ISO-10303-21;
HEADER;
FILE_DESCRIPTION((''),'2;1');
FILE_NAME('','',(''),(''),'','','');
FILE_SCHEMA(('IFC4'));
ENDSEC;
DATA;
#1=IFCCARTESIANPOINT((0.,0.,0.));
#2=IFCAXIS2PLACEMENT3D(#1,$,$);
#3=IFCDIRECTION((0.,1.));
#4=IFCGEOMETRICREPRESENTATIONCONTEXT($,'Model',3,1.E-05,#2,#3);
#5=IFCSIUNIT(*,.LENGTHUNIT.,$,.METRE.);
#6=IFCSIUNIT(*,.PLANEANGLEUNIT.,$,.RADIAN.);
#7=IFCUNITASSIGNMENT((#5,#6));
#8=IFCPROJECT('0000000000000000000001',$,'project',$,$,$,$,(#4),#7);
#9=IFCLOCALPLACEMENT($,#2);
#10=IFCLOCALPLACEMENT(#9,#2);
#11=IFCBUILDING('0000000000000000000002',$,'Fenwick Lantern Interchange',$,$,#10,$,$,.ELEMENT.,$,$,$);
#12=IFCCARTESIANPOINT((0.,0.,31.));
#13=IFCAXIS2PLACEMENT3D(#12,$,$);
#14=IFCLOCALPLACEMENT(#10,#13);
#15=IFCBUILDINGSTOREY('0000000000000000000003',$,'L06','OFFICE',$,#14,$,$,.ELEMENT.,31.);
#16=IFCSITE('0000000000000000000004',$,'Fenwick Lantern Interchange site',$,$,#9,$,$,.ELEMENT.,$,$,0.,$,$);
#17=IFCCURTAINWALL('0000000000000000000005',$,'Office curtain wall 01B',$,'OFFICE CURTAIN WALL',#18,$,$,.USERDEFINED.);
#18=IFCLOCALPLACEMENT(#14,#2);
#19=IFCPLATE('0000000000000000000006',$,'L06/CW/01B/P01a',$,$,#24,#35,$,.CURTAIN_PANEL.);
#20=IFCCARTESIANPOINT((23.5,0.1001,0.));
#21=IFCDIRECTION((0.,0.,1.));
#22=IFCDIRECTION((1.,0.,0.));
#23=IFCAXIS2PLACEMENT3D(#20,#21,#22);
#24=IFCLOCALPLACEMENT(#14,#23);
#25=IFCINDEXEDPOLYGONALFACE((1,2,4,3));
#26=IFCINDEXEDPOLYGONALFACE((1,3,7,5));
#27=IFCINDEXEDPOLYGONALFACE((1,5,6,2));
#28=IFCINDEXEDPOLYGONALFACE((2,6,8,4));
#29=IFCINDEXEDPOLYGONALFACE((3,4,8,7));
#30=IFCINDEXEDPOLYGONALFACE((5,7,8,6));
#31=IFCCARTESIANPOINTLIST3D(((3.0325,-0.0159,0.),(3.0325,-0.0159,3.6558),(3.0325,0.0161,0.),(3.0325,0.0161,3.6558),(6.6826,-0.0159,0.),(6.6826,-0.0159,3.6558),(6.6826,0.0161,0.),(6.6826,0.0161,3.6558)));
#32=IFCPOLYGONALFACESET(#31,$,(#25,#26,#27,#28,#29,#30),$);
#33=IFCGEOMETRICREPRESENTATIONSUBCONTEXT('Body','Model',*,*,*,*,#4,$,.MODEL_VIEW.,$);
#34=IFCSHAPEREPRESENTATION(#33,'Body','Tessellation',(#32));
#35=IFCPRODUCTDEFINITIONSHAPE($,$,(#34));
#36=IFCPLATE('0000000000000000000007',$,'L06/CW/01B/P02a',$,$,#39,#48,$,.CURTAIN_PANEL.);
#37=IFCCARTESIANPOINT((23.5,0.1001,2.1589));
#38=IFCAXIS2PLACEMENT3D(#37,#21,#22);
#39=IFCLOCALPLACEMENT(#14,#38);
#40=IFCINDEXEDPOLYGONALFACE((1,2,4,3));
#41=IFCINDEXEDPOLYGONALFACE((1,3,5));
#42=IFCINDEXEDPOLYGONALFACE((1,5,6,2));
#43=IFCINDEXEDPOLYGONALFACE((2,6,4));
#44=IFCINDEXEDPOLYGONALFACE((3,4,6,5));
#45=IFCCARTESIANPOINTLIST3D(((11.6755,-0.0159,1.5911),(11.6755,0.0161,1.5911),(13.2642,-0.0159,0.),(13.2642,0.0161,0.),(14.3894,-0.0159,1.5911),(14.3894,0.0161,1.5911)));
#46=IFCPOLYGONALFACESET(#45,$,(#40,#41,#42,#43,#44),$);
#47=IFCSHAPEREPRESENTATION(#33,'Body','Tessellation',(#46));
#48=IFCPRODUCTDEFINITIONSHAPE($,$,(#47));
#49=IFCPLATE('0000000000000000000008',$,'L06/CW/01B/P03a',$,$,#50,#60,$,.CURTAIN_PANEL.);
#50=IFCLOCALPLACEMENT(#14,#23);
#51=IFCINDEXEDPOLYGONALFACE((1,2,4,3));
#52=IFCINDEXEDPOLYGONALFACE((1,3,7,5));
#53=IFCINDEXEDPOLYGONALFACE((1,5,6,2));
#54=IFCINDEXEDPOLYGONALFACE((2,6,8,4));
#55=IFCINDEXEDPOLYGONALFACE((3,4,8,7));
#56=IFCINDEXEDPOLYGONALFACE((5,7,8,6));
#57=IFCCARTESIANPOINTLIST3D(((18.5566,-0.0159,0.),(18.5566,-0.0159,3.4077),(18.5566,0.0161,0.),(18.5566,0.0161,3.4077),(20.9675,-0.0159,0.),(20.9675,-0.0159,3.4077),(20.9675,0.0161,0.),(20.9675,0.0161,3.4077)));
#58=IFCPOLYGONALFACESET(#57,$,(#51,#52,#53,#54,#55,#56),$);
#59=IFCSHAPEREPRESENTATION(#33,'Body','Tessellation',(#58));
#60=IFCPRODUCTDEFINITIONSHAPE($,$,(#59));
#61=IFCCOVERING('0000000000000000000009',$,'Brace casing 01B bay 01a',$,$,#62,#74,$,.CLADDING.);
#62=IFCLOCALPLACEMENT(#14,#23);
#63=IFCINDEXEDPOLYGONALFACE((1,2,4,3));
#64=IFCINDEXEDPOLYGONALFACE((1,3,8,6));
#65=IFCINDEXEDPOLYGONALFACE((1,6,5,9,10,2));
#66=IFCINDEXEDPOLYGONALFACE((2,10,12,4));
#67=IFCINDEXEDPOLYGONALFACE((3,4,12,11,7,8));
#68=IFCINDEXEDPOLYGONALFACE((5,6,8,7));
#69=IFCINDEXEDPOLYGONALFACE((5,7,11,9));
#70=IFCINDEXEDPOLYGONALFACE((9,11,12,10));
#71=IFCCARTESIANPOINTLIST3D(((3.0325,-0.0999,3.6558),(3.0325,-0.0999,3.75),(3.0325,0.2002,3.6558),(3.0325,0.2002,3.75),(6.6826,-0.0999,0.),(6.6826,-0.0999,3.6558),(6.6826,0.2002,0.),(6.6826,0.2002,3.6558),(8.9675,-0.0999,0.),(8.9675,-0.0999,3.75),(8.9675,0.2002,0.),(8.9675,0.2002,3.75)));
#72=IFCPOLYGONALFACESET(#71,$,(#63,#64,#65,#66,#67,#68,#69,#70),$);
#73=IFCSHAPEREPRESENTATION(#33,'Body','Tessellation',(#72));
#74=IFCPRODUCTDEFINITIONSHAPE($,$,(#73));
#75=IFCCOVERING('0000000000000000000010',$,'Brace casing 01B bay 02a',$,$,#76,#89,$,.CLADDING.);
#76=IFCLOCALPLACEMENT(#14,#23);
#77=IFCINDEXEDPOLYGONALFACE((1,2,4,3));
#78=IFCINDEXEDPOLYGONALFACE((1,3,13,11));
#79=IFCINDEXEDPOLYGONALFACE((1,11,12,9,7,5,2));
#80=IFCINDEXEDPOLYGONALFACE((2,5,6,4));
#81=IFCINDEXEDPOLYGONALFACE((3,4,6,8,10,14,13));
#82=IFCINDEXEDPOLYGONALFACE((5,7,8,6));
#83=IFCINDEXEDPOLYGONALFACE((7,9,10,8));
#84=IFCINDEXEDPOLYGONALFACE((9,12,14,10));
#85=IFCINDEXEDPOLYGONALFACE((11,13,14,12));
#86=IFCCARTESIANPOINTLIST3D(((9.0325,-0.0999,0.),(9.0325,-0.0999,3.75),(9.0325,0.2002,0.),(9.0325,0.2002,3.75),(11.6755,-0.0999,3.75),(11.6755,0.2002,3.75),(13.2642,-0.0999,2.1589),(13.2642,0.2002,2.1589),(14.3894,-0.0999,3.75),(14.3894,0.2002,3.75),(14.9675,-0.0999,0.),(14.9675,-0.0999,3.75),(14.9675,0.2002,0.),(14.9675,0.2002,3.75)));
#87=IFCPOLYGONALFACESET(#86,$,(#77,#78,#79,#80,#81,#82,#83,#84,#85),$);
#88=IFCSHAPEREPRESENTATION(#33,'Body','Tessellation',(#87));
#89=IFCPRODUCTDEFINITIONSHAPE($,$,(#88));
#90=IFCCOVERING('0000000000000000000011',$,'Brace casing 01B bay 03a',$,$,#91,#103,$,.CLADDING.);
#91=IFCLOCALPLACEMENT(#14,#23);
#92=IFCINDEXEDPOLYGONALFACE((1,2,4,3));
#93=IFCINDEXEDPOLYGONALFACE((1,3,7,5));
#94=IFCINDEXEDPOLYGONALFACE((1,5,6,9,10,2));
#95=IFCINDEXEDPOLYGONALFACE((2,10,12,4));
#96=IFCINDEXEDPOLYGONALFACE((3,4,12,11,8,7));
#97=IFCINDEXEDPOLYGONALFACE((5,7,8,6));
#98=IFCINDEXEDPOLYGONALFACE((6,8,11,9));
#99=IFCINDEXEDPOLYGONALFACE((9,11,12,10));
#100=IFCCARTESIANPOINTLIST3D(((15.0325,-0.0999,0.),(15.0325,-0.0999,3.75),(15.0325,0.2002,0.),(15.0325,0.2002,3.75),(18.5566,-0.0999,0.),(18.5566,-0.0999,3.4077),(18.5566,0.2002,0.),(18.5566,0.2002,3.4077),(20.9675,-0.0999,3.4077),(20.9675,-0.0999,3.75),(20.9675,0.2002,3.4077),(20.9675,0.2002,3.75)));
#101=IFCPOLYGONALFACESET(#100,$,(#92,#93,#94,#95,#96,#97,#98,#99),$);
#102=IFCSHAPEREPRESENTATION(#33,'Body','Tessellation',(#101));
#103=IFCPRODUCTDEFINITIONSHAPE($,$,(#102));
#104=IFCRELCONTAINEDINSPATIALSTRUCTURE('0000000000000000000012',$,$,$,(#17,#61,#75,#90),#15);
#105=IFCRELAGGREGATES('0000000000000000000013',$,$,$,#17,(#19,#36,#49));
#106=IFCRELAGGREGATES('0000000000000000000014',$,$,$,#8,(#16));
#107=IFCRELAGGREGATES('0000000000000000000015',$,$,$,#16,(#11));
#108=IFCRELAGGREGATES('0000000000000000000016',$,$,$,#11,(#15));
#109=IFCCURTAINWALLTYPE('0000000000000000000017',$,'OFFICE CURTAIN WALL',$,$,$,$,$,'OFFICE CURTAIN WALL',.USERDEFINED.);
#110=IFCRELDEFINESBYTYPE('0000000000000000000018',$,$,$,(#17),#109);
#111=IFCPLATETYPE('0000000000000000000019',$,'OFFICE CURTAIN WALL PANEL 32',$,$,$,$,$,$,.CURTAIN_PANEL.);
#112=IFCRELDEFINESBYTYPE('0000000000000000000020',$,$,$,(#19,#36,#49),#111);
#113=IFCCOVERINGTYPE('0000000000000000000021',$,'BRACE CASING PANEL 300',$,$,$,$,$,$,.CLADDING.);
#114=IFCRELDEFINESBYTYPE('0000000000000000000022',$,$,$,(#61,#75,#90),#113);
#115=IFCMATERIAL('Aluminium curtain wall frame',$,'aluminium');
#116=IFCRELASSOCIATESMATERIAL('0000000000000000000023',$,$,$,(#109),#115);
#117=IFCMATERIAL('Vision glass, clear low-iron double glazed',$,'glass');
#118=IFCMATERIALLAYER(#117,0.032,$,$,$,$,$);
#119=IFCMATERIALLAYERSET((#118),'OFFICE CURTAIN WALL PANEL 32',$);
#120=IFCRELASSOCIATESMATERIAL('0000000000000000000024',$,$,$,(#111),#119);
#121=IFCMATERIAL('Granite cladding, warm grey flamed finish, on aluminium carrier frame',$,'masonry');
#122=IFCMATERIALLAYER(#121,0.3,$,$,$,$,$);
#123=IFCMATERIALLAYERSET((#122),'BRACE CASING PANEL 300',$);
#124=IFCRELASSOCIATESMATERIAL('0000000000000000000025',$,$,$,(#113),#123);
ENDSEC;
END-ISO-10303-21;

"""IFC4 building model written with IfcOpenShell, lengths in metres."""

from ifc_helpers import new_model, si_unit, direction, frame, origin, place, context, subcontext, project, spatial, polyline, outline, extrude, material, layer, layer_set, type_object, element, aggregate, save


model = new_model("IFC4")

# Units and contexts
model_context = context("Model", 3, precision=1e-05, world=origin(), true_north=direction((0.0, 1.0)))
body_context = subcontext(model_context, "Body", "Model", "MODEL_VIEW")
ifc_project = project(units=[si_unit("LENGTHUNIT", "METRE"), si_unit("PLANEANGLEUNIT", "RADIAN")], contexts=[model_context])

# Site, building, storey
site_placement = place(None, origin())
site = spatial("IfcSite", under=ifc_project, at=site_placement, Name="Fenwick Lantern Interchange site", CompositionType="ELEMENT", RefElevation=0.0)
building_placement = place(site_placement, origin())
building = spatial("IfcBuilding", under=site, at=building_placement, Name="Fenwick Lantern Interchange", CompositionType="ELEMENT")
storey_placement = place(building_placement, frame((0.0, 0.0, 31.0)))
storey = spatial("IfcBuildingStorey", under=building, at=storey_placement, Name="L06", Description="OFFICE", CompositionType="ELEMENT", Elevation=31.0)

# Shared definitions
ifc_material_1 = material(Name="Aluminium curtain wall frame", Category="aluminium")
curtain_wall_type = type_object("IfcCurtainWallType", Name="OFFICE CURTAIN WALL", ElementType="OFFICE CURTAIN WALL", PredefinedType="USERDEFINED", material=ifc_material_1)

# Curtain wall, plates
curtain_wall_1_placement = place(storey_placement, origin())
curtain_wall_1 = element("IfcCurtainWall", 1, at=curtain_wall_1_placement, inside=storey, type_object=curtain_wall_type, Name="Office curtain wall 01B", ObjectType="OFFICE CURTAIN WALL", PredefinedType="USERDEFINED")
ifc_material_2 = material(Name="Vision glass, clear low-iron double glazed", Category="glass")
ifc_layer_1 = layer(ifc_material_2, 0.032)
ifc_layer_set_1 = layer_set([ifc_layer_1], Name="OFFICE CURTAIN WALL PANEL 32")
plate_type = type_object("IfcPlateType", Name="OFFICE CURTAIN WALL PANEL 32", PredefinedType="CURTAIN_PANEL", material=ifc_layer_set_1)
plate_1_placement = place(storey_placement, frame((23.5, 0.1001, 0.0), z_axis=(0.0, 0.0, 1.0), x_axis=(1.0, 0.0, 0.0)))
plate_1 = element("IfcPlate", 2, at=plate_1_placement, type_object=plate_type, Name="L06/CW/01B/P01a", PredefinedType="CURTAIN_PANEL", context=body_context, shape_type="SweptSolid", body=[
    extrude(outline(polyline([(3.0325, 0.0), (6.6826, 0.0), (6.6826, 3.6558), (3.0325, 3.6558), (3.0325, 0.0)])), frame((0.0, 0.0161, 0.0), z_axis=(0.0, -1.0, 0.0), x_axis=(1.0, 0.0, 0.0)), (0.0, 0.0, 1.0), 0.032),
])
plate_2_placement = place(storey_placement, frame((23.5, 0.1001, 2.1589), z_axis=(0.0, 0.0, 1.0), x_axis=(1.0, 0.0, 0.0)))
plate_2 = element("IfcPlate", 3, at=plate_2_placement, type_object=plate_type, Name="L06/CW/01B/P02a", PredefinedType="CURTAIN_PANEL", context=body_context, shape_type="SweptSolid", body=[
    extrude(outline(polyline([(13.2642, 0.0), (14.3894, 1.5911), (11.6755, 1.5911), (13.2642, 0.0)])), frame((0.0, 0.0161, 0.0), z_axis=(0.0, -1.0, 0.0), x_axis=(1.0, 0.0, 0.0)), (0.0, 0.0, 1.0), 0.032),
])
plate_3_placement = place(storey_placement, frame((23.5, 0.1001, 0.0), z_axis=(0.0, 0.0, 1.0), x_axis=(1.0, 0.0, 0.0)))
plate_3 = element("IfcPlate", 4, at=plate_3_placement, type_object=plate_type, Name="L06/CW/01B/P03a", PredefinedType="CURTAIN_PANEL", context=body_context, shape_type="SweptSolid", body=[
    extrude(outline(polyline([(18.5566, 0.0), (20.9675, 0.0), (20.9675, 3.4077), (18.5566, 3.4077), (18.5566, 0.0)])), frame((0.0, 0.0161, 0.0), z_axis=(0.0, -1.0, 0.0), x_axis=(1.0, 0.0, 0.0)), (0.0, 0.0, 1.0), 0.032),
])
aggregate(curtain_wall_1, [plate_1, plate_2, plate_3])

# Coverings
ifc_material_3 = material(Name="Granite cladding, warm grey flamed finish, on aluminium carrier frame", Category="masonry")
ifc_layer_2 = layer(ifc_material_3, 0.3)
ifc_layer_set_2 = layer_set([ifc_layer_2], Name="BRACE CASING PANEL 300")
covering_type = type_object("IfcCoveringType", Name="BRACE CASING PANEL 300", PredefinedType="CLADDING", material=ifc_layer_set_2)
covering_1_placement = place(storey_placement, frame((23.5, 0.1001, 0.0), z_axis=(0.0, 0.0, 1.0), x_axis=(1.0, 0.0, 0.0)))
element("IfcCovering", 5, at=covering_1_placement, inside=storey, type_object=covering_type, Name="Brace casing 01B bay 01a", PredefinedType="CLADDING", context=body_context, shape_type="SweptSolid", body=[
    extrude(outline(polyline([(6.6826, 0.0), (8.9675, 0.0), (8.9675, 3.75), (3.0325, 3.75), (3.0325, 3.6558), (6.6826, 3.6558), (6.6826, 0.0)])), frame((0.0, 0.2002, 0.0), z_axis=(0.0, -1.0, 0.0), x_axis=(1.0, 0.0, 0.0)), (0.0, 0.0, 1.0), 0.3),
])
covering_2_placement = place(storey_placement, frame((23.5, 0.1001, 0.0), z_axis=(0.0, 0.0, 1.0), x_axis=(1.0, 0.0, 0.0)))
element("IfcCovering", 6, at=covering_2_placement, inside=storey, type_object=covering_type, Name="Brace casing 01B bay 02a", PredefinedType="CLADDING", context=body_context, shape_type="SweptSolid", body=[
    extrude(outline(polyline([(9.0325, 0.0), (14.9675, 0.0), (14.9675, 3.75), (14.3894, 3.75), (13.2642, 2.1589), (11.6755, 3.75), (9.0325, 3.75), (9.0325, 0.0)])), frame((0.0, 0.2002, 0.0), z_axis=(0.0, -1.0, 0.0), x_axis=(1.0, 0.0, 0.0)), (0.0, 0.0, 1.0), 0.3),
])
covering_3_placement = place(storey_placement, frame((23.5, 0.1001, 0.0), z_axis=(0.0, 0.0, 1.0), x_axis=(1.0, 0.0, 0.0)))
element("IfcCovering", 7, at=covering_3_placement, inside=storey, type_object=covering_type, Name="Brace casing 01B bay 03a", PredefinedType="CLADDING", context=body_context, shape_type="SweptSolid", body=[
    extrude(outline(polyline([(15.0325, 0.0), (18.5566, 0.0), (18.5566, 3.4077), (20.9675, 3.4077), (20.9675, 3.75), (15.0325, 3.75), (15.0325, 0.0)])), frame((0.0, 0.2002, 0.0), z_axis=(0.0, -1.0, 0.0), x_axis=(1.0, 0.0, 0.0)), (0.0, 0.0, 1.0), 0.3),
])

save(model, "model.ifc")
